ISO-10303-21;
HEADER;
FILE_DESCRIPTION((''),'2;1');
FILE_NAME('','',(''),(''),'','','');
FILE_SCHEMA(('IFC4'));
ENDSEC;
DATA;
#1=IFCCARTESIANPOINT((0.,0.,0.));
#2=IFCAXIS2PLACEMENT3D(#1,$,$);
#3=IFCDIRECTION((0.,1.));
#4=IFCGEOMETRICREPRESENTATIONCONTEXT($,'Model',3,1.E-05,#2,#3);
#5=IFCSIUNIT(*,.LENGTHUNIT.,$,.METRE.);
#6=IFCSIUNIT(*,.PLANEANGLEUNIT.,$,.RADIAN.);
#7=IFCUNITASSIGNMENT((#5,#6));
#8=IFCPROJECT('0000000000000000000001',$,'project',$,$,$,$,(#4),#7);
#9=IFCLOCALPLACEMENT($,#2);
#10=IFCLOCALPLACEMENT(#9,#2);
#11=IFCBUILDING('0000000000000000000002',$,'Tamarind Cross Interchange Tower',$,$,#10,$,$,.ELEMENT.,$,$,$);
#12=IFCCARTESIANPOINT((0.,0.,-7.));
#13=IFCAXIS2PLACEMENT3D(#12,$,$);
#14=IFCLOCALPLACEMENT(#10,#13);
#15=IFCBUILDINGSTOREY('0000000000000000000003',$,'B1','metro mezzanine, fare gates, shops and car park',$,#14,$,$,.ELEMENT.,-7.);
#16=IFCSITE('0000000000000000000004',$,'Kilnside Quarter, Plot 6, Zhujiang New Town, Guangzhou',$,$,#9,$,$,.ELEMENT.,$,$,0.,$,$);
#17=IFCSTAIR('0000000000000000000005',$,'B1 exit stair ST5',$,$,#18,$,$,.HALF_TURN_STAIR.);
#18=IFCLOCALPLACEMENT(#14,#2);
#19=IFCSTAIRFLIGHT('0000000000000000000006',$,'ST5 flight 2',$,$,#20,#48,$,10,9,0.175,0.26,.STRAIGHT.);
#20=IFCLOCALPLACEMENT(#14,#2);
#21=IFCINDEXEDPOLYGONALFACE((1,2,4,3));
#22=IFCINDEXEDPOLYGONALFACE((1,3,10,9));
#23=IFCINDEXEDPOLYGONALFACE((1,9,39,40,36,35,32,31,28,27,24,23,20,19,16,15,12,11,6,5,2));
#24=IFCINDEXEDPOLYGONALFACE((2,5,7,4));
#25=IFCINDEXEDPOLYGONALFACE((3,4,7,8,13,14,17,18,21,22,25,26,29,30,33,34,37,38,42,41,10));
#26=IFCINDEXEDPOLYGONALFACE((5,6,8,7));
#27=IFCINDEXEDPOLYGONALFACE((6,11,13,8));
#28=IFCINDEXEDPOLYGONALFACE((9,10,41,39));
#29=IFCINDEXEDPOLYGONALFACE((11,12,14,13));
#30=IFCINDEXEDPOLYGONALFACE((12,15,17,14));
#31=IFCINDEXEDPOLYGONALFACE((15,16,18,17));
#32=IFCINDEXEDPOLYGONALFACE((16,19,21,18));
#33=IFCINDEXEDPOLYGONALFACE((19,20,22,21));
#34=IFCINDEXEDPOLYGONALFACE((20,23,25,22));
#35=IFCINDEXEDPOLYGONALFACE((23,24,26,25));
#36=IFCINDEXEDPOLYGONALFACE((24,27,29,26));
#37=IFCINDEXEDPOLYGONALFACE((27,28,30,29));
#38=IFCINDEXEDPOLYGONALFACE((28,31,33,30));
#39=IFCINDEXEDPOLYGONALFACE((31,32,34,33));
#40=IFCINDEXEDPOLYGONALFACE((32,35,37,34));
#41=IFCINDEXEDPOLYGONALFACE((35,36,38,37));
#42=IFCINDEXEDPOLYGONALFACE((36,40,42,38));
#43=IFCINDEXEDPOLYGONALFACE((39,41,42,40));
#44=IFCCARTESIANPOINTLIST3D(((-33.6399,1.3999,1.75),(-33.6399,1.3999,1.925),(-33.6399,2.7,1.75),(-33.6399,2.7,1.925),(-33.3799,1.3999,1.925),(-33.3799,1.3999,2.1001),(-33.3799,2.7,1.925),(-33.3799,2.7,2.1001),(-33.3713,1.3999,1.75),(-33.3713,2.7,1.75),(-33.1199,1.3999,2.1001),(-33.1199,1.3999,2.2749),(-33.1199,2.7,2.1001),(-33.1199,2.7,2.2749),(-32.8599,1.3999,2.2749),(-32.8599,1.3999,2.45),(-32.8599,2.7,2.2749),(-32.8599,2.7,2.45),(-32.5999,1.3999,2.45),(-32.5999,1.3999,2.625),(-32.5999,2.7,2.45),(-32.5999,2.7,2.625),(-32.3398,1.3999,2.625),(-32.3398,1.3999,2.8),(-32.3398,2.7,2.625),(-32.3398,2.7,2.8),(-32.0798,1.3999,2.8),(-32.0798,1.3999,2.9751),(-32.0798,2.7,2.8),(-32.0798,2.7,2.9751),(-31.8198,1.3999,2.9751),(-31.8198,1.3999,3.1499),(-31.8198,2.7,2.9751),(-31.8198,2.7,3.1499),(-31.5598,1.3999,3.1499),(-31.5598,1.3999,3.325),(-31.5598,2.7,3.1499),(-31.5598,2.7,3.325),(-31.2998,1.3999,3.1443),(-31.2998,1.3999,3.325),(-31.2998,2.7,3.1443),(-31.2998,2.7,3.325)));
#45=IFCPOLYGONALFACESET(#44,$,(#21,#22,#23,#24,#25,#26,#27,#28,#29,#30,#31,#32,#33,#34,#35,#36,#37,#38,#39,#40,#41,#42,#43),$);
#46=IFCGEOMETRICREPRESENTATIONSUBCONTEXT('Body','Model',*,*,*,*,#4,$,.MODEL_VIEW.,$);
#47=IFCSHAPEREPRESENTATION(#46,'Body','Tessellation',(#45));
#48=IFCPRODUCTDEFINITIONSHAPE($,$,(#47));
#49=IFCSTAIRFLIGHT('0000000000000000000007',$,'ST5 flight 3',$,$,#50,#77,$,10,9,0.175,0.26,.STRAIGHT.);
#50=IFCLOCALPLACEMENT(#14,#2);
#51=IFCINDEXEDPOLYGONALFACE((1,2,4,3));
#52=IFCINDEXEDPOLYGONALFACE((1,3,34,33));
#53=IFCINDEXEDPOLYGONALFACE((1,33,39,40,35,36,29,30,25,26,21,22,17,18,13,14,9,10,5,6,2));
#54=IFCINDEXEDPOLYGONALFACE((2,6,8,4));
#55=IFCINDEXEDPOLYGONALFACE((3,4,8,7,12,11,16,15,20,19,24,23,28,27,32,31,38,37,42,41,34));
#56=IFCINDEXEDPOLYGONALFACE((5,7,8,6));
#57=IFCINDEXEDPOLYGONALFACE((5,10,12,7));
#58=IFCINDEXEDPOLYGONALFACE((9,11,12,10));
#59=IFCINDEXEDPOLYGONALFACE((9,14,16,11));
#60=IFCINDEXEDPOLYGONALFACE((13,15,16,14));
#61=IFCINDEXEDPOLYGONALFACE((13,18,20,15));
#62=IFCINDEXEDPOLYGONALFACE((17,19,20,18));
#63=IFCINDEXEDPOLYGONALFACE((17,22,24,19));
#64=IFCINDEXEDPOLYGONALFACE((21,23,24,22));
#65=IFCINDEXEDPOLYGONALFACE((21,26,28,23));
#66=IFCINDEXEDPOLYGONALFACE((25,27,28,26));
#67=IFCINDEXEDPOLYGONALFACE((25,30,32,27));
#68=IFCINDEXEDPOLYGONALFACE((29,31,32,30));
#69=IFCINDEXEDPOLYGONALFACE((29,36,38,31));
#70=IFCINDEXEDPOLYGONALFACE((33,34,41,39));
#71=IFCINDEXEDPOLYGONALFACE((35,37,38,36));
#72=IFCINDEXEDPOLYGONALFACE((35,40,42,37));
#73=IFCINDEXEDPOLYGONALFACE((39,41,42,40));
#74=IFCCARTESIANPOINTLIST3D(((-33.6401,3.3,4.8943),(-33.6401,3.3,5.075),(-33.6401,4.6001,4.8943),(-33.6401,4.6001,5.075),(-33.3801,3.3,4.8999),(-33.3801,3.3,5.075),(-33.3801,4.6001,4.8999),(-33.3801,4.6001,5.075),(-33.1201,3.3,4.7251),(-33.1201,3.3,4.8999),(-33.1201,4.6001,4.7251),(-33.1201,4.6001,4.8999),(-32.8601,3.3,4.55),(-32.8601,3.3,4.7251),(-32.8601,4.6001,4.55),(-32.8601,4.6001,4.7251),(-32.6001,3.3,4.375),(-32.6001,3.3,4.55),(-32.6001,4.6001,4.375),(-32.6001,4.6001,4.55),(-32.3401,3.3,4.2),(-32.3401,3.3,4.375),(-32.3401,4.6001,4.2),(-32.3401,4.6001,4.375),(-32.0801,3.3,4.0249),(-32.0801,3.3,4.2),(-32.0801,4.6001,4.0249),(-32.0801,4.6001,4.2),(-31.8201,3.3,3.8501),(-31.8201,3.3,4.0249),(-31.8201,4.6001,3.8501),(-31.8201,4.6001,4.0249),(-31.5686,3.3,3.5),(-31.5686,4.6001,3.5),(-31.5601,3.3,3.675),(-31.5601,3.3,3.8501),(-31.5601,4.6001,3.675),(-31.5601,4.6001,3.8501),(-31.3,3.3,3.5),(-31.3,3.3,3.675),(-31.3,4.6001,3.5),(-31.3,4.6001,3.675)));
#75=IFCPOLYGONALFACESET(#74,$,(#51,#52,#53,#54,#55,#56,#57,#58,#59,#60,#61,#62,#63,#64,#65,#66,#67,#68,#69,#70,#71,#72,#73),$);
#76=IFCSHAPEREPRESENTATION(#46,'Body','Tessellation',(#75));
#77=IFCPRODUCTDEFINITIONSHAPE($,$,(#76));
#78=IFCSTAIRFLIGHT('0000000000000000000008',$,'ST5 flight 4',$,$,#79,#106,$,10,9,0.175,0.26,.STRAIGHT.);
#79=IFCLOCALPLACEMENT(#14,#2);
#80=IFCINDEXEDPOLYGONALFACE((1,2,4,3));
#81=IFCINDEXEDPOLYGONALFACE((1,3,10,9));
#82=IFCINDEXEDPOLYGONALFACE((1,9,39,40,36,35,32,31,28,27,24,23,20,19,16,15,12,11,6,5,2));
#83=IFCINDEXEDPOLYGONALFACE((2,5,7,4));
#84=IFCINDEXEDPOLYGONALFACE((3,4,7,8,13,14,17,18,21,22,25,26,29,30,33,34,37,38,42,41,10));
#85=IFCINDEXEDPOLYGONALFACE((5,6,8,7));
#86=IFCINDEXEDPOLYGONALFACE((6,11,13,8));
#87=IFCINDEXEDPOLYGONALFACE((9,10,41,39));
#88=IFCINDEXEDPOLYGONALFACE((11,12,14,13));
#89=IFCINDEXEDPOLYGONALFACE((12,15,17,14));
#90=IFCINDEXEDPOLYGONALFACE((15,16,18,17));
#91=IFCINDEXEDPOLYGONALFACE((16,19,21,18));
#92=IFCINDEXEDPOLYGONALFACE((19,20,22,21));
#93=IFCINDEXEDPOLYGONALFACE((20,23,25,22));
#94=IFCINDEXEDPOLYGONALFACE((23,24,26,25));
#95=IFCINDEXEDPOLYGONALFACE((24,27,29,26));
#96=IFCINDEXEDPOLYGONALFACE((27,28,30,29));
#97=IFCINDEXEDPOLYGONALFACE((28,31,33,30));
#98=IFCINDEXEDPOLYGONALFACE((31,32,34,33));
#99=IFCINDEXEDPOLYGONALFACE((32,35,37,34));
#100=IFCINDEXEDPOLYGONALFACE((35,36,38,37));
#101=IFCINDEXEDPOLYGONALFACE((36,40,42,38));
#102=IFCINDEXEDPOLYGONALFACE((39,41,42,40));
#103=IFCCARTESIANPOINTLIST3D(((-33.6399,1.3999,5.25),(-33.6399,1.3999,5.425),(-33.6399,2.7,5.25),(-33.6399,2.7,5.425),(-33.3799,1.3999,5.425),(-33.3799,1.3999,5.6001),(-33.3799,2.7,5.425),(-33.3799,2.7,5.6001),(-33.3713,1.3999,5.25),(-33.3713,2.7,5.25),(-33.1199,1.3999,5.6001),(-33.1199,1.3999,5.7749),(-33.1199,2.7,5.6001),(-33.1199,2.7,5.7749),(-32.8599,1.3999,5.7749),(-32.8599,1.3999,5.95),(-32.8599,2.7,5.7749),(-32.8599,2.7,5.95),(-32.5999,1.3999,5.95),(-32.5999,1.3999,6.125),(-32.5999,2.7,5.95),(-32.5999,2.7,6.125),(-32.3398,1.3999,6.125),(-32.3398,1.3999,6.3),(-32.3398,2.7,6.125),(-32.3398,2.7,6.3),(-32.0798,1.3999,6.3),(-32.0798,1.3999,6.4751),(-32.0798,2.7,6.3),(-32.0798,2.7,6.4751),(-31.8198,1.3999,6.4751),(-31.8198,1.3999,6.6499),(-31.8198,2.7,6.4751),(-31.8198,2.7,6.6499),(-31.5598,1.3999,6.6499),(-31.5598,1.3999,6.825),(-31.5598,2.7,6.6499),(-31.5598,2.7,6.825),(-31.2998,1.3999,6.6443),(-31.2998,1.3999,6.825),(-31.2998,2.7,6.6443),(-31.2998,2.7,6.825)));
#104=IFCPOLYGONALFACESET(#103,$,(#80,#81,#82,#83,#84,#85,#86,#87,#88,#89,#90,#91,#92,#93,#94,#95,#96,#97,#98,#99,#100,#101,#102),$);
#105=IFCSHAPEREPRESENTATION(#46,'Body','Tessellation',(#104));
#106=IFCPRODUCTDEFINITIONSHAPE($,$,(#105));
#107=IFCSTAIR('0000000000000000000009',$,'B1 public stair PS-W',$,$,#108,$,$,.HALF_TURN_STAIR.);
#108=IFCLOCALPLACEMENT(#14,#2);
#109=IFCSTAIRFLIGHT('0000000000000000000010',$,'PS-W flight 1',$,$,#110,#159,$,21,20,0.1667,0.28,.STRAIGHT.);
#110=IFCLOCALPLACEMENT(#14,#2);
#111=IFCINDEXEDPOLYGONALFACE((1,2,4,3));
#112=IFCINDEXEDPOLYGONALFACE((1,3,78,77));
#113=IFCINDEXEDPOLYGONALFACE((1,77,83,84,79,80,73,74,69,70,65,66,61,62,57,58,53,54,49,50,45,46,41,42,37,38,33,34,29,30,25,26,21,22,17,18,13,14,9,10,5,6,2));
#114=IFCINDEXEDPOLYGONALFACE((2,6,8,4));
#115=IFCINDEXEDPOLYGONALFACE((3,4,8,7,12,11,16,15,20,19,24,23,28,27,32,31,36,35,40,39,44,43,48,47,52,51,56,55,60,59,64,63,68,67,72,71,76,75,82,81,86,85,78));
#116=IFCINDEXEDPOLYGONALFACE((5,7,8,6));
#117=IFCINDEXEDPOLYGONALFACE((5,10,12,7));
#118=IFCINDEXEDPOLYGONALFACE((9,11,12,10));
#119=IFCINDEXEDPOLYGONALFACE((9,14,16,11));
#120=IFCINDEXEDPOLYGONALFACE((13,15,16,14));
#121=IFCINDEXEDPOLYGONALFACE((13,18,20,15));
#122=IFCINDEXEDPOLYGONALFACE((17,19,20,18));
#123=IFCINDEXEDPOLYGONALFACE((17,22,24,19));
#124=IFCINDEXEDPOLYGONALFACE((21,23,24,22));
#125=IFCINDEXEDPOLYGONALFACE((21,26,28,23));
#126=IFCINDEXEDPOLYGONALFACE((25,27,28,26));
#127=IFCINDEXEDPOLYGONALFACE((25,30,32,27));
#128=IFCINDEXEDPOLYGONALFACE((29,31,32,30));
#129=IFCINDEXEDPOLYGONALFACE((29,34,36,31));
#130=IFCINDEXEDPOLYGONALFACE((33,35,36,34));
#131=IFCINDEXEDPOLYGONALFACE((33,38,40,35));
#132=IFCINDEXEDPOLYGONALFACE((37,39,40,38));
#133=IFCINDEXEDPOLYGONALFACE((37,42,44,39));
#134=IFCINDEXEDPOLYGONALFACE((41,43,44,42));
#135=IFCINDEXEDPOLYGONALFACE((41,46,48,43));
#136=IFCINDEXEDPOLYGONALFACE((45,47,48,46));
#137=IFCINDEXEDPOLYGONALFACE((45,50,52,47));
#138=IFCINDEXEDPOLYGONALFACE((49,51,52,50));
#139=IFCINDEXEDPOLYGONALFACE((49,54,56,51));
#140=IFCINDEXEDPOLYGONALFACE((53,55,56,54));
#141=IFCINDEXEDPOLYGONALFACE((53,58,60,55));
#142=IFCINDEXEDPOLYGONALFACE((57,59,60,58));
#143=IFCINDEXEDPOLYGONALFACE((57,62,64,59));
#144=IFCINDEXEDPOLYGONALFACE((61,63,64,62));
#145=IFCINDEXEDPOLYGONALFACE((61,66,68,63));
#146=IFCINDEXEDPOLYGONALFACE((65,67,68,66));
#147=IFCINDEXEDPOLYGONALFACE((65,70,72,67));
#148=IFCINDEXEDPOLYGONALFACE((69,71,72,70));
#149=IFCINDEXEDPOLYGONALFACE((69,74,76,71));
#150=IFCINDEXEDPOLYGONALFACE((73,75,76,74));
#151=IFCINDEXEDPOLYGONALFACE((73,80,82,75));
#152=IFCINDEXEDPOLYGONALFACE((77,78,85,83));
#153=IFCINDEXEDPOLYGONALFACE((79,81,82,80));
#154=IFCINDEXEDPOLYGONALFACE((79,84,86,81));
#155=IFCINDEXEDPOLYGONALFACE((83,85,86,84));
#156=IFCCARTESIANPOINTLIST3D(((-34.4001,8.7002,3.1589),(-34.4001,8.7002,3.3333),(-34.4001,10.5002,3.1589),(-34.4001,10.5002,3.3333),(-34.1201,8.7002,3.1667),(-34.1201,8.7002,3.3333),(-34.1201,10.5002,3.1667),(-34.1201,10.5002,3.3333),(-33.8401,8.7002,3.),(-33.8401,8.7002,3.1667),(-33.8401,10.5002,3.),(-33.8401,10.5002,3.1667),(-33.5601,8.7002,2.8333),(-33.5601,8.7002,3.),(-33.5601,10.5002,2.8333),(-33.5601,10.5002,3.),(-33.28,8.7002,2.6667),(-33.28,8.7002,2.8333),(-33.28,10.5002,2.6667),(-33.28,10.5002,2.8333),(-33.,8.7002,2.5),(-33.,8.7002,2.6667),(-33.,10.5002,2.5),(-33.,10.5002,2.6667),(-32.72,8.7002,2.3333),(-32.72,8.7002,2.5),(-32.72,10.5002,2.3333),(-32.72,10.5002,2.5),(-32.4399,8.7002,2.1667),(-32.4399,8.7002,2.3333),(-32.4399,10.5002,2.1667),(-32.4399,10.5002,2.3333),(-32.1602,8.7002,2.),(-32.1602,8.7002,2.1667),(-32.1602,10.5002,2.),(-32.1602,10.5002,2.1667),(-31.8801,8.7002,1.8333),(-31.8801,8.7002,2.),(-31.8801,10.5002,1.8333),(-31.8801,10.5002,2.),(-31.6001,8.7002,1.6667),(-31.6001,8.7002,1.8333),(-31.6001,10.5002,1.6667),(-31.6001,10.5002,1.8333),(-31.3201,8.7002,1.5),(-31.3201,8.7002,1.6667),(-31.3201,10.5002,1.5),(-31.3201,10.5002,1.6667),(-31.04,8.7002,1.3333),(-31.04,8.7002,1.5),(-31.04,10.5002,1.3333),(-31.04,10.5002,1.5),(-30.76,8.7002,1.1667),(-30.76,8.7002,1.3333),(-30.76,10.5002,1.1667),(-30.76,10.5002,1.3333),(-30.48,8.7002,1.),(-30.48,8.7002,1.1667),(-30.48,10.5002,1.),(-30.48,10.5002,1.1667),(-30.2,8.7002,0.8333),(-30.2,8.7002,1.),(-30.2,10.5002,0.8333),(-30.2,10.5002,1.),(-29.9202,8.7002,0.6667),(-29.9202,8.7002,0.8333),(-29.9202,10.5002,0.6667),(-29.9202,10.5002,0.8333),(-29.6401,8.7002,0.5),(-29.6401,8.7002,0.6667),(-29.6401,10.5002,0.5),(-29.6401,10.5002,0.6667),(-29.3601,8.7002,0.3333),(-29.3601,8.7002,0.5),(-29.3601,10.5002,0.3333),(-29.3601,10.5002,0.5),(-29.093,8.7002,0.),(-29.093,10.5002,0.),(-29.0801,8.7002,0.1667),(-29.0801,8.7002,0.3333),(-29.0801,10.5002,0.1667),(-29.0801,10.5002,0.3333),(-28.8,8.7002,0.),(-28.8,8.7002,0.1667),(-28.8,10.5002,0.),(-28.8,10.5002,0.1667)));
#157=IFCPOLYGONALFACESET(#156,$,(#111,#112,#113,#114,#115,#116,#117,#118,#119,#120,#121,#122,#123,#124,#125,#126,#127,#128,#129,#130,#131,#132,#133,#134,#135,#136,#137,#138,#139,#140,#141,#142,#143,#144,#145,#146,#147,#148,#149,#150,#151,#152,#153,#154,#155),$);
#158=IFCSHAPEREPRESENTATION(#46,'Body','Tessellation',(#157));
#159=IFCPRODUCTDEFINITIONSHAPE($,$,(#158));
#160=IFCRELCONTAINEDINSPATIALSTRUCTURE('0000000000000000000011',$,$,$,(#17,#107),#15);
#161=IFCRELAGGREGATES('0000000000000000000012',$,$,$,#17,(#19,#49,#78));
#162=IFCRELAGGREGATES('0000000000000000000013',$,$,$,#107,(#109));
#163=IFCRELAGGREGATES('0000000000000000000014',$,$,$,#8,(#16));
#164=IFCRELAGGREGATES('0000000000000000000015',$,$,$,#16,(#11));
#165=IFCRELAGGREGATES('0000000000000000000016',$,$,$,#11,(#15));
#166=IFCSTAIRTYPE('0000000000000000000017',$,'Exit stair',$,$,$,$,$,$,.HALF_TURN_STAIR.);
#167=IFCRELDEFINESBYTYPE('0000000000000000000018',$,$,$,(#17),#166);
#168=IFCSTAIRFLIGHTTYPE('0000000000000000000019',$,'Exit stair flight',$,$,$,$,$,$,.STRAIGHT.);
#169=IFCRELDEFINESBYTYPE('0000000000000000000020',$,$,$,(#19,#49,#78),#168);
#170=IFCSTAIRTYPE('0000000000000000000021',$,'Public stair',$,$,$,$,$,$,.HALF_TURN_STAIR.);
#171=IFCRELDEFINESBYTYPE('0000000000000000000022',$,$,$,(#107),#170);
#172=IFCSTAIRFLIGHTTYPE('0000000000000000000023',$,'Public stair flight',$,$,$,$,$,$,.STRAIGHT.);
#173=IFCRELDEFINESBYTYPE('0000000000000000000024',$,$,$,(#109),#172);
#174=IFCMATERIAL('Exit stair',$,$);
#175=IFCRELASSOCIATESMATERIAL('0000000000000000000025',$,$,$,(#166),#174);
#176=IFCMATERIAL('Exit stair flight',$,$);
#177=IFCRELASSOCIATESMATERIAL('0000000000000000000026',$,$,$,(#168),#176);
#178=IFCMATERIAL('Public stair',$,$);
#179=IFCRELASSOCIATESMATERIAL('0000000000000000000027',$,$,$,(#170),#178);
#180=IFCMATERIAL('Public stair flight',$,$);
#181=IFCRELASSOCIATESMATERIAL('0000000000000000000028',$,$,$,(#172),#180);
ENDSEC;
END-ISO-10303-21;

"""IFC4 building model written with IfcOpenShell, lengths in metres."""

from ifc_helpers import new_model, si_unit, direction, frame, origin, place, context, subcontext, project, spatial, polyline, outline, extrude, material, type_object, element, aggregate, save


model = new_model("IFC4")

# Units and contexts
model_context = context("Model", 3, precision=1e-05, world=origin(), true_north=direction((0.0, 1.0)))
body_context = subcontext(model_context, "Body", "Model", "MODEL_VIEW")
ifc_project = project(units=[si_unit("LENGTHUNIT", "METRE"), si_unit("PLANEANGLEUNIT", "RADIAN")], contexts=[model_context])

# Site, building, storey
site_placement = place(None, origin())
site = spatial("IfcSite", under=ifc_project, at=site_placement, Name="Kilnside Quarter, Plot 6, Zhujiang New Town, Guangzhou", CompositionType="ELEMENT", RefElevation=0.0)
building_placement = place(site_placement, origin())
building = spatial("IfcBuilding", under=site, at=building_placement, Name="Tamarind Cross Interchange Tower", CompositionType="ELEMENT")
storey_placement = place(building_placement, frame((0.0, 0.0, -7.0)))
storey = spatial("IfcBuildingStorey", under=building, at=storey_placement, Name="B1", Description="metro mezzanine, fare gates, shops and car park", CompositionType="ELEMENT", Elevation=-7.0)

# Stairs, stair flights
ifc_material_1 = material(Name="Exit stair")
stair_type_1 = type_object("IfcStairType", Name="Exit stair", PredefinedType="HALF_TURN_STAIR", material=ifc_material_1)
stair_1_placement = place(storey_placement, origin())
stair_1 = element("IfcStair", 1, at=stair_1_placement, inside=storey, type_object=stair_type_1, Name="B1 exit stair ST5", PredefinedType="HALF_TURN_STAIR")
ifc_material_2 = material(Name="Exit stair flight")
stair_flight_type_1 = type_object("IfcStairFlightType", Name="Exit stair flight", PredefinedType="STRAIGHT", material=ifc_material_2)
stair_flight_1_placement = place(storey_placement, frame((-33.6399, 2.05, 1.75), z_axis=(0.0, 0.0, 1.0), x_axis=(1.0, 0.0, 0.0)))
stair_flight_1 = element("IfcStairFlight", 2, at=stair_flight_1_placement, type_object=stair_flight_type_1, Name="ST5 flight 2", NumberOfRisers=10, NumberOfTreads=9, PredefinedType="STRAIGHT", RiserHeight=0.175, TreadLength=0.26, context=body_context, shape_type="SweptSolid", body=[
    extrude(outline(polyline([(0.0, 0.0), (0.0, 0.175), (0.26, 0.175), (0.26, 0.3501), (0.52, 0.3501), (0.52, 0.5249), (0.78, 0.5249), (0.78, 0.7), (1.04, 0.7), (1.04, 0.875), (1.3, 0.875), (1.3, 1.05), (1.5601, 1.05), (1.5601, 1.2251), (1.8201, 1.2251), (1.8201, 1.3999), (2.0801, 1.3999), (2.0801, 1.575), (2.3401, 1.575), (2.3401, 1.75), (2.3401, 1.3943), (0.2686, 0.0), (0.0, 0.0)])), frame((0.0, 0.6499, 0.0), z_axis=(0.0, -1.0, 0.0), x_axis=(1.0, 0.0, 0.0)), (0.0, 0.0, 1.0), 1.3),
])
stair_flight_2_placement = place(storey_placement, frame((-31.3, 3.95, 3.5), z_axis=(0.0, 0.0, 1.0), x_axis=(-1.0, 0.0, 0.0)))
stair_flight_2 = element("IfcStairFlight", 3, at=stair_flight_2_placement, type_object=stair_flight_type_1, Name="ST5 flight 3", NumberOfRisers=10, NumberOfTreads=9, PredefinedType="STRAIGHT", RiserHeight=0.175, TreadLength=0.26, context=body_context, shape_type="SweptSolid", body=[
    extrude(outline(polyline([(0.0, 0.0), (0.0, 0.175), (0.26, 0.175), (0.26, 0.3501), (0.52, 0.3501), (0.52, 0.5249), (0.78, 0.5249), (0.78, 0.7), (1.04, 0.7), (1.04, 0.875), (1.3, 0.875), (1.3, 1.05), (1.5601, 1.05), (1.5601, 1.2251), (1.8201, 1.2251), (1.8201, 1.3999), (2.0801, 1.3999), (2.0801, 1.575), (2.3401, 1.575), (2.3401, 1.75), (2.3401, 1.3943), (0.2686, 0.0), (0.0, 0.0)])), frame((0.0, 0.6499, 0.0), z_axis=(0.0, -1.0, 0.0), x_axis=(1.0, 0.0, 0.0)), (0.0, 0.0, 1.0), 1.3),
])
stair_flight_3_placement = place(storey_placement, frame((-33.6399, 2.05, 5.25), z_axis=(0.0, 0.0, 1.0), x_axis=(1.0, 0.0, 0.0)))
stair_flight_3 = element("IfcStairFlight", 4, at=stair_flight_3_placement, type_object=stair_flight_type_1, Name="ST5 flight 4", NumberOfRisers=10, NumberOfTreads=9, PredefinedType="STRAIGHT", RiserHeight=0.175, TreadLength=0.26, context=body_context, shape_type="SweptSolid", body=[
    extrude(outline(polyline([(0.0, 0.0), (0.0, 0.175), (0.26, 0.175), (0.26, 0.3501), (0.52, 0.3501), (0.52, 0.5249), (0.78, 0.5249), (0.78, 0.7), (1.04, 0.7), (1.04, 0.875), (1.3, 0.875), (1.3, 1.05), (1.5601, 1.05), (1.5601, 1.2251), (1.8201, 1.2251), (1.8201, 1.3999), (2.0801, 1.3999), (2.0801, 1.575), (2.3401, 1.575), (2.3401, 1.75), (2.3401, 1.3943), (0.2686, 0.0), (0.0, 0.0)])), frame((0.0, 0.6499, 0.0), z_axis=(0.0, -1.0, 0.0), x_axis=(1.0, 0.0, 0.0)), (0.0, 0.0, 1.0), 1.3),
])
aggregate(stair_1, [stair_flight_1, stair_flight_2, stair_flight_3])
ifc_material_3 = material(Name="Public stair")
stair_type_2 = type_object("IfcStairType", Name="Public stair", PredefinedType="HALF_TURN_STAIR", material=ifc_material_3)
stair_2_placement = place(storey_placement, origin())
stair_2 = element("IfcStair", 5, at=stair_2_placement, inside=storey, type_object=stair_type_2, Name="B1 public stair PS-W", PredefinedType="HALF_TURN_STAIR")
ifc_material_4 = material(Name="Public stair flight")
stair_flight_type_2 = type_object("IfcStairFlightType", Name="Public stair flight", PredefinedType="STRAIGHT", material=ifc_material_4)
stair_flight_4_placement = place(storey_placement, frame((-28.8, 9.6001, 0.0), z_axis=(0.0, 0.0, 1.0), x_axis=(-1.0, 0.0, 0.0)))
stair_flight_4 = element("IfcStairFlight", 6, at=stair_flight_4_placement, type_object=stair_flight_type_2, Name="PS-W flight 1", NumberOfRisers=21, NumberOfTreads=20, PredefinedType="STRAIGHT", RiserHeight=0.1667, TreadLength=0.28, context=body_context, shape_type="SweptSolid", body=[
    extrude(outline(polyline([(0.0, 0.0), (0.0, 0.1667), (0.28, 0.1667), (0.28, 0.3333), (0.5601, 0.3333), (0.5601, 0.5), (0.8401, 0.5), (0.8401, 0.6667), (1.1201, 0.6667), (1.1201, 0.8333), (1.3999, 0.8333), (1.3999, 1.0), (1.6799, 1.0), (1.6799, 1.1667), (1.96, 1.1667), (1.96, 1.3333), (2.24, 1.3333), (2.24, 1.5), (2.52, 1.5), (2.52, 1.6667), (2.8, 1.6667), (2.8, 1.8333), (3.0801, 1.8333), (3.0801, 2.0), (3.3601, 2.0), (3.3601, 2.1667), (3.6399, 2.1667), (3.6399, 2.3333), (3.9199, 2.3333), (3.9199, 2.5), (4.2, 2.5), (4.2, 2.6667), (4.48, 2.6667), (4.48, 2.8333), (4.76, 2.8333), (4.76, 3.0), (5.04, 3.0), (5.04, 3.1667), (5.3201, 3.1667), (5.3201, 3.3333), (5.6001, 3.3333), (5.6001, 3.5), (5.6001, 3.1589), (0.293, 0.0), (0.0, 0.0)])), frame((0.0, 0.8999, 0.0), z_axis=(0.0, -1.0, 0.0), x_axis=(1.0, 0.0, 0.0)), (0.0, 0.0, 1.0), 1.8),
])
aggregate(stair_2, [stair_flight_4])

save(model, "model.ifc")
